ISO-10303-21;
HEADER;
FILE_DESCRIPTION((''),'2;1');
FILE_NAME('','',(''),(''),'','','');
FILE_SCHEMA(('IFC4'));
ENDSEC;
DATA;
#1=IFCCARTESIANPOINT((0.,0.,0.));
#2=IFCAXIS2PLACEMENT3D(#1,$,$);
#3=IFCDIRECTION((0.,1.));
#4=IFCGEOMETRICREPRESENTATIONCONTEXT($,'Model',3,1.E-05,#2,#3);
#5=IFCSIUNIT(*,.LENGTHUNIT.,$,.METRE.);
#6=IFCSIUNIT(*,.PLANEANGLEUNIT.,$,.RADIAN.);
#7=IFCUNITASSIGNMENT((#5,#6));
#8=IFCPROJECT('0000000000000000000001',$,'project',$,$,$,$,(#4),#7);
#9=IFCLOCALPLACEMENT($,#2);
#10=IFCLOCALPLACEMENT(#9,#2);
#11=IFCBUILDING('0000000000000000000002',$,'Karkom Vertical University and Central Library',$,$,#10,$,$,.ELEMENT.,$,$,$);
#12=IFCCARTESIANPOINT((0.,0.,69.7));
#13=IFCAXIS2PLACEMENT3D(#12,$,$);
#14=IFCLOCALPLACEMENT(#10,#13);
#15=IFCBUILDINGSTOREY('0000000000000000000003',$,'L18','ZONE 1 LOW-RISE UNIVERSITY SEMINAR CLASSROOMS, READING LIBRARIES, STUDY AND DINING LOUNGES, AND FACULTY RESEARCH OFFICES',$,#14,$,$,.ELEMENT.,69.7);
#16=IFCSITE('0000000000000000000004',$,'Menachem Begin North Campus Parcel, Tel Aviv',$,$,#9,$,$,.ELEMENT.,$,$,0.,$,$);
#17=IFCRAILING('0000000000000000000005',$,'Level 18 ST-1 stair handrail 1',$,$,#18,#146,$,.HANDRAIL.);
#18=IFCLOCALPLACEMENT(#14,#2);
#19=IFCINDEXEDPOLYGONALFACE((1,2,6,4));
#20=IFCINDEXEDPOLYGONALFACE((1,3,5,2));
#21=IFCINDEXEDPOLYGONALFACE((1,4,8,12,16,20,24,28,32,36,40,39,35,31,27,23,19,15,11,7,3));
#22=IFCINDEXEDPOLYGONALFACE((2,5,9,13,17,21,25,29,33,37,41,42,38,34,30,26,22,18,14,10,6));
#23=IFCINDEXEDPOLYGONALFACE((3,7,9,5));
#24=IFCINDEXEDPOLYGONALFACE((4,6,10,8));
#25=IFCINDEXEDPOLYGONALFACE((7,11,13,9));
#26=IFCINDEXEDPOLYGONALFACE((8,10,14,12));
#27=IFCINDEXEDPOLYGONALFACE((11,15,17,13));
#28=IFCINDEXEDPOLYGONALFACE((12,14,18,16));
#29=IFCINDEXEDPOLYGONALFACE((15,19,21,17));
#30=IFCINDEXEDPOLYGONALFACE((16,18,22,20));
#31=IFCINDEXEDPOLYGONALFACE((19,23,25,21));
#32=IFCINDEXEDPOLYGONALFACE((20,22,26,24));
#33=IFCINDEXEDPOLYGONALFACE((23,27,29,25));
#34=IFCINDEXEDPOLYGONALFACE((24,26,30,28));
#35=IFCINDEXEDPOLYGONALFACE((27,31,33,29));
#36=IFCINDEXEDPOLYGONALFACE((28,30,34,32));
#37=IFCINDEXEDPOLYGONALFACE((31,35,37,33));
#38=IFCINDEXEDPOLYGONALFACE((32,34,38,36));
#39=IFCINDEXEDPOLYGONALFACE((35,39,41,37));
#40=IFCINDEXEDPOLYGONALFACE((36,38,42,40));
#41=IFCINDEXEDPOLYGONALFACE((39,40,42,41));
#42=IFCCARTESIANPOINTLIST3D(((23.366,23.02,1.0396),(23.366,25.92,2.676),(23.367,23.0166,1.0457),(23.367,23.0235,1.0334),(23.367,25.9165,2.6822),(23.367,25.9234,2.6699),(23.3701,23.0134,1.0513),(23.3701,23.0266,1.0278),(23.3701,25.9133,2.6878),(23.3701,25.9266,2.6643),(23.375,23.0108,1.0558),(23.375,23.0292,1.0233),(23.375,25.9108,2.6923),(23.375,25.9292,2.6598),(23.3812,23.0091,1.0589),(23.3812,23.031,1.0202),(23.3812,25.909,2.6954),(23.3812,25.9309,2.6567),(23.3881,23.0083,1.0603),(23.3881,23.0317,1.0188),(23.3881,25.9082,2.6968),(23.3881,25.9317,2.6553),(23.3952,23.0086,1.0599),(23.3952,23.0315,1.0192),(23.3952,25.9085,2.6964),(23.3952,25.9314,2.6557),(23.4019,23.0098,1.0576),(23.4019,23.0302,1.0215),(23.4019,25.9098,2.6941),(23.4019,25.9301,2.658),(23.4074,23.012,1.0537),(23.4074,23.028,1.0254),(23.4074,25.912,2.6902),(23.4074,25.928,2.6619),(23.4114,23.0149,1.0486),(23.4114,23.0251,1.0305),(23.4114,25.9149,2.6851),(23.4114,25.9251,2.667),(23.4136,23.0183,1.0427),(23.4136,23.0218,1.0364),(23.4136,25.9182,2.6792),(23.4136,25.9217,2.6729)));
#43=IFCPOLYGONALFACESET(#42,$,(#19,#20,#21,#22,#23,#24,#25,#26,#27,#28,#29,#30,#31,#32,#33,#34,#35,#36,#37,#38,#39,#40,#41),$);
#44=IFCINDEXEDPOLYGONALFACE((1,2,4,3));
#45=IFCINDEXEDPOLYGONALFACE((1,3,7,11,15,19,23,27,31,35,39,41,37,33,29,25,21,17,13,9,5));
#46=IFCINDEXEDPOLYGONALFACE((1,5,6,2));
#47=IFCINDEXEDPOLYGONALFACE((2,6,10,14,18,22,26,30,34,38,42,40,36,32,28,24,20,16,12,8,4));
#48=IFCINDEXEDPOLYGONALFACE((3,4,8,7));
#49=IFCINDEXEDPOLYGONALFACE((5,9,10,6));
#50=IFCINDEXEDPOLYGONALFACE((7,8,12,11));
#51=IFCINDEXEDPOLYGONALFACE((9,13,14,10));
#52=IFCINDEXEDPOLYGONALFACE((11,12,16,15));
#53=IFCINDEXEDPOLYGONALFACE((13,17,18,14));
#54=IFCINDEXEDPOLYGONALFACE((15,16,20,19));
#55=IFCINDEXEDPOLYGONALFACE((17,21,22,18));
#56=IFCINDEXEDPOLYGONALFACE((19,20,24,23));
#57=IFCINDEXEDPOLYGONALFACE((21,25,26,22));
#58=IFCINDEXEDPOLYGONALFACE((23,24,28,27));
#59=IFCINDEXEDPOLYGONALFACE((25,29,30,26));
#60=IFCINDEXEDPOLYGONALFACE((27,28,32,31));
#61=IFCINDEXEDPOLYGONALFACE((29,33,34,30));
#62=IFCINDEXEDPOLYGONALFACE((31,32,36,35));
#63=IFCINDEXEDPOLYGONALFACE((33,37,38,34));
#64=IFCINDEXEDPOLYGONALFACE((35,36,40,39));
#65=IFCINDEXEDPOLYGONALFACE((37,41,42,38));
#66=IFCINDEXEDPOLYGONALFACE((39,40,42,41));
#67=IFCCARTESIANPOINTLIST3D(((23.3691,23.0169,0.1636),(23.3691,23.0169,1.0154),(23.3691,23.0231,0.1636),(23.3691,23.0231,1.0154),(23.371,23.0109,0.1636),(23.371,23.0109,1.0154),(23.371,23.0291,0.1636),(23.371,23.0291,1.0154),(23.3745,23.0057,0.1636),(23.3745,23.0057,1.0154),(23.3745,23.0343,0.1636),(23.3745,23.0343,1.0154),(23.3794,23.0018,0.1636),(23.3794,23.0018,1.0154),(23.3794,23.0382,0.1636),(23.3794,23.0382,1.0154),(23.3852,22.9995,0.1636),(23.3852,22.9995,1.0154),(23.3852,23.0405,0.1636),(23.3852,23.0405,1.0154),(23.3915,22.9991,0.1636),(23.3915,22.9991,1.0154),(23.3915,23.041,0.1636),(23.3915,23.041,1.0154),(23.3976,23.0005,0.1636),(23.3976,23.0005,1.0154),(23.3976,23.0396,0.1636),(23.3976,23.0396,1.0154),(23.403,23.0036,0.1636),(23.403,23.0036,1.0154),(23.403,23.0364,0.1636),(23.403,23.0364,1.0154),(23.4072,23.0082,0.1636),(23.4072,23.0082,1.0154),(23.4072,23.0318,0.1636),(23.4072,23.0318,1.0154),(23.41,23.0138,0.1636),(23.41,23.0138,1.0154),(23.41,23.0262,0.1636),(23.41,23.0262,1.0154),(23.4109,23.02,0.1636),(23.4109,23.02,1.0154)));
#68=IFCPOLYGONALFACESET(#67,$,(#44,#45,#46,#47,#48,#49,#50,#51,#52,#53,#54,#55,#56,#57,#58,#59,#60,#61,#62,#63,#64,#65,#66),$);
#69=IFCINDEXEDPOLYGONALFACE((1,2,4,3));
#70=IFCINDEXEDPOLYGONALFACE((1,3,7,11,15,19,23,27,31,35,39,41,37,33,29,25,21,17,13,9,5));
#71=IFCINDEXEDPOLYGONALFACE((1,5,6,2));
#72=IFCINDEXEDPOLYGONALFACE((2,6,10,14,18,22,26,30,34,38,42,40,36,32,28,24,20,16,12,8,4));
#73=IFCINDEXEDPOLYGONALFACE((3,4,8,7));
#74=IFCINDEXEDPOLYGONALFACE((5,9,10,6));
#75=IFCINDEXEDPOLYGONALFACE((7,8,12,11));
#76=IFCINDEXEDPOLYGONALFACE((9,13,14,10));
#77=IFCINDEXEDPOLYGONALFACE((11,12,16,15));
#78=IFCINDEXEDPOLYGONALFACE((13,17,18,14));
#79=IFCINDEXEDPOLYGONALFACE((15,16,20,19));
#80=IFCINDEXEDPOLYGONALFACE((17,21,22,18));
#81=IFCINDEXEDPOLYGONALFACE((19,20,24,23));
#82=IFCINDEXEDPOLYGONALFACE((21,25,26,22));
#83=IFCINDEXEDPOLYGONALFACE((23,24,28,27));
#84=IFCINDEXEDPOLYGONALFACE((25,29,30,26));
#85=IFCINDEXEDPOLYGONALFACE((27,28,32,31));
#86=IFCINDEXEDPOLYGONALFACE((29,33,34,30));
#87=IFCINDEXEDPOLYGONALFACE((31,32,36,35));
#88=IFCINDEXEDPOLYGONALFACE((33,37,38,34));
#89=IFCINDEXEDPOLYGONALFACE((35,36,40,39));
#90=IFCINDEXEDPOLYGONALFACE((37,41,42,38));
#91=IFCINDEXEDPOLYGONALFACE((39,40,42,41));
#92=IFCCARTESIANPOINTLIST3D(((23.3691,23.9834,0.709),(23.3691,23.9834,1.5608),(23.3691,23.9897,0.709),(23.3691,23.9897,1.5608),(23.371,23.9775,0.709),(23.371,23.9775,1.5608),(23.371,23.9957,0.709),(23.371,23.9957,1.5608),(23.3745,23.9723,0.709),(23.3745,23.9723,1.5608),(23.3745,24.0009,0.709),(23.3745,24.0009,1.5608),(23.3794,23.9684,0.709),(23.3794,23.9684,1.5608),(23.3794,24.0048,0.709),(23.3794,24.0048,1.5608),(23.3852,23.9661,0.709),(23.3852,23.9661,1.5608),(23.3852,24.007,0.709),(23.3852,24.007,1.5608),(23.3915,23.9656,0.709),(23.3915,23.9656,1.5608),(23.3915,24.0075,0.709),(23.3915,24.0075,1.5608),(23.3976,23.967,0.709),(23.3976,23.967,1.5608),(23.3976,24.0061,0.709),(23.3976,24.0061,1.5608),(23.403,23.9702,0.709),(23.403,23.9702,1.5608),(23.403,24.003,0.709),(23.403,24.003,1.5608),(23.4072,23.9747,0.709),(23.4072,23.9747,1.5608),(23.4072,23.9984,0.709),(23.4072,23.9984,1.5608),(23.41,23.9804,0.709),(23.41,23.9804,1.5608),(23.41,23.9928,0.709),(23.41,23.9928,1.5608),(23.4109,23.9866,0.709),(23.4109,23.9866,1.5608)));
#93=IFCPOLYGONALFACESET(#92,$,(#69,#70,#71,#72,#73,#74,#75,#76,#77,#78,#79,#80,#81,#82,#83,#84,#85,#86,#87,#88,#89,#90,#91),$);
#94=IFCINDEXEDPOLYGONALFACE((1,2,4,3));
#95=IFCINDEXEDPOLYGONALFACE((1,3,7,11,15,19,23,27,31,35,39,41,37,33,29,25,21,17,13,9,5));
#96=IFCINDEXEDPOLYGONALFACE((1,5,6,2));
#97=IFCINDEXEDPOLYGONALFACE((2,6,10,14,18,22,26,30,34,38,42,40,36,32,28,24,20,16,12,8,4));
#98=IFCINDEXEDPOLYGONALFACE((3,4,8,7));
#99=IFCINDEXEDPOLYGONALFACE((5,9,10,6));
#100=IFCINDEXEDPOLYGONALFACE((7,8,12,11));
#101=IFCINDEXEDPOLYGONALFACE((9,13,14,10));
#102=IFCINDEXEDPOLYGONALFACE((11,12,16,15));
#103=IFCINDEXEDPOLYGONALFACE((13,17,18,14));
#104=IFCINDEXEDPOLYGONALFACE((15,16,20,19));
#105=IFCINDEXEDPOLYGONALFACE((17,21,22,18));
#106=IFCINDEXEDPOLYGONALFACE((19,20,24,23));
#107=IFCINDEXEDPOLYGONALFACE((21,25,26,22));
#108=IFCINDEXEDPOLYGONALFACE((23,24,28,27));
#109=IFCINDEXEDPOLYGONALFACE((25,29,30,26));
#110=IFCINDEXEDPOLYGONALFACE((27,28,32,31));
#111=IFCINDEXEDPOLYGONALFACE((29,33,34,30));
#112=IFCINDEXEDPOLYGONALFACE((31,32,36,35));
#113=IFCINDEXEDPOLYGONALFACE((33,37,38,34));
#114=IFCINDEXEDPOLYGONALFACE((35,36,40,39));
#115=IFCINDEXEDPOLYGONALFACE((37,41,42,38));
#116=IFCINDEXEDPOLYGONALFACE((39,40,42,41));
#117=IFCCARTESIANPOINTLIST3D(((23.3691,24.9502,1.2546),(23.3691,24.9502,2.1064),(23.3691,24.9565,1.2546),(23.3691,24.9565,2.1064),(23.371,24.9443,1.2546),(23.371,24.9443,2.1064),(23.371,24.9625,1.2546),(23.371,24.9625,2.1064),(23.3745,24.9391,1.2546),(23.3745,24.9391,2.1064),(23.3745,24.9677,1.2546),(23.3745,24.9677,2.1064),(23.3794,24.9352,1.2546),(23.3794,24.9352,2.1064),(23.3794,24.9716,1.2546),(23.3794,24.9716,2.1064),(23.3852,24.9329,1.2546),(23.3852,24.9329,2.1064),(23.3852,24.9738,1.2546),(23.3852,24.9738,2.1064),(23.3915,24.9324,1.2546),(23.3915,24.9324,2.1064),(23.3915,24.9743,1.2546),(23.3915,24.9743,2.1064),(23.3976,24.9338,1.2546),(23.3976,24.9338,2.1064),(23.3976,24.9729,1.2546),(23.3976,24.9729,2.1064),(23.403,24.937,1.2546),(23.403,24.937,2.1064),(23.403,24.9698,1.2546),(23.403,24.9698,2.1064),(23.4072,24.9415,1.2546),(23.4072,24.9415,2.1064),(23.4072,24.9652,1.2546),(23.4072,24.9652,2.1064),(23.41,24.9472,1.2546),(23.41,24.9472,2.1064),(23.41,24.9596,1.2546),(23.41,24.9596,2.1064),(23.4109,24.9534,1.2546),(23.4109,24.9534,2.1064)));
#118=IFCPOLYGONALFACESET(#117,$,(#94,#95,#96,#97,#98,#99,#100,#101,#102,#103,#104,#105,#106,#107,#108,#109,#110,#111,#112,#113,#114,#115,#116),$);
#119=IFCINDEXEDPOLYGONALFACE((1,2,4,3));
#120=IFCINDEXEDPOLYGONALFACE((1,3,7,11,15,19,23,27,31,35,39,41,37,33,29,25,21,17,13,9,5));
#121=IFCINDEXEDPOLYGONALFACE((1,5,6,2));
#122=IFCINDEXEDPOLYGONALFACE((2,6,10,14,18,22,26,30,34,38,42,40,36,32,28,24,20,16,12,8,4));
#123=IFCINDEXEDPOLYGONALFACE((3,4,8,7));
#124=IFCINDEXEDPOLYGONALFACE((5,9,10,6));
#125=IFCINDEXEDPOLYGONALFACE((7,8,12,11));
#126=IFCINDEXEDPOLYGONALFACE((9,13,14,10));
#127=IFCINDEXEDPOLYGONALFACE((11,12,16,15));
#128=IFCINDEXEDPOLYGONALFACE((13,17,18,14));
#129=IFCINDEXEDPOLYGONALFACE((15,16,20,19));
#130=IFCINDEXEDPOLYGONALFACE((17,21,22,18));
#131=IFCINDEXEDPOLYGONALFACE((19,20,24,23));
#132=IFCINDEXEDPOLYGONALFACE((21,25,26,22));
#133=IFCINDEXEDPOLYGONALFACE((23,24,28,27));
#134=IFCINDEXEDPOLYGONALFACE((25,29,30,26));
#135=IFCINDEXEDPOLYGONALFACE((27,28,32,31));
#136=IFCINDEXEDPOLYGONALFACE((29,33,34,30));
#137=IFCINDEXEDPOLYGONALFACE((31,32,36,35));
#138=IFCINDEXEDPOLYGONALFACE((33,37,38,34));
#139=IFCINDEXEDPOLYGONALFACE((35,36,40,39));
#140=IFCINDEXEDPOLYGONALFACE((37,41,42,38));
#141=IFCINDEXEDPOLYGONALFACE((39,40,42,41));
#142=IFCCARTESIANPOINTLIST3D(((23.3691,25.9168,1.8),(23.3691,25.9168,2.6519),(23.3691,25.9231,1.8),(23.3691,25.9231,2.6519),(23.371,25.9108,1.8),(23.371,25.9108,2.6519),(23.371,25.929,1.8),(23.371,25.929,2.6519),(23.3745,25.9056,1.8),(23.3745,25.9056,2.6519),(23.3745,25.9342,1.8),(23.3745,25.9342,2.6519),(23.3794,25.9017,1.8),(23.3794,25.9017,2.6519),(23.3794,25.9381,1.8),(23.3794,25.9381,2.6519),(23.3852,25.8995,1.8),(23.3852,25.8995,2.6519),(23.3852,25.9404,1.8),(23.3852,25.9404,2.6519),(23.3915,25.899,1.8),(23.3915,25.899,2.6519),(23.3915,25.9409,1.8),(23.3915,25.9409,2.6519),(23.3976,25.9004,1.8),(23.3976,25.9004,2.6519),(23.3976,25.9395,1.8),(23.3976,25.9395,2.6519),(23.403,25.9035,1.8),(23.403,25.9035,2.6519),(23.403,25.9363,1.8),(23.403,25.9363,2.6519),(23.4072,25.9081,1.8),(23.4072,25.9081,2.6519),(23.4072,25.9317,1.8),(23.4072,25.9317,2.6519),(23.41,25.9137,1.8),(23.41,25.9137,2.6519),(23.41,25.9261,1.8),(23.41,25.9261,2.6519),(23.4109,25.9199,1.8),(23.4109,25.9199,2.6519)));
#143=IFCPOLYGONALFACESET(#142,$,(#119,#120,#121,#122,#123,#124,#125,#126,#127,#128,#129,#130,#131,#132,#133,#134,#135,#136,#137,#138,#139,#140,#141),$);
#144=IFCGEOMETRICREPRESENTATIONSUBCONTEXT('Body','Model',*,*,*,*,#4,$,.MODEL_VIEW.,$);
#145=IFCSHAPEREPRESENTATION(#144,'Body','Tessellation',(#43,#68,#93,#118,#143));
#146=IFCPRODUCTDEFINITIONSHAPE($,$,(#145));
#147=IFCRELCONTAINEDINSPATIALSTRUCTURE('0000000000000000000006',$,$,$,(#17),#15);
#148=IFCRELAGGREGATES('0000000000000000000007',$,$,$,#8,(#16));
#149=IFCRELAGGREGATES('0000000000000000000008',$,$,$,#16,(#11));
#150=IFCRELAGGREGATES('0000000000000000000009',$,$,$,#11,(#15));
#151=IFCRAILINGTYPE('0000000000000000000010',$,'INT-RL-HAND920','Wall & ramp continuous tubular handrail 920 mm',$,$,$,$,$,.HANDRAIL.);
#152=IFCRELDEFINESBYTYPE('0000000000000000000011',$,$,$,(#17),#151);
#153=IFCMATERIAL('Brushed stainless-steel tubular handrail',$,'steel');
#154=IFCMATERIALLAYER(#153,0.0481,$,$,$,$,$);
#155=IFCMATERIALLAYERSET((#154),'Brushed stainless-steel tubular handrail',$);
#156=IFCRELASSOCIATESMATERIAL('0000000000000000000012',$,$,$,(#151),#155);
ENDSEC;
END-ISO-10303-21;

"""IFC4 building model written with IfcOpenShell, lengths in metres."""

from ifc_helpers import new_model, si_unit, direction, frame, origin, origin_2d, place, context, subcontext, project, spatial, circle, extrude, material, layer, layer_set, type_object, element, save


model = new_model("IFC4")

# Units and contexts
model_context = context("Model", 3, precision=1e-05, world=origin(), true_north=direction((0.0, 1.0)))
body_context = subcontext(model_context, "Body", "Model", "MODEL_VIEW")
ifc_project = project(units=[si_unit("LENGTHUNIT", "METRE"), si_unit("PLANEANGLEUNIT", "RADIAN")], contexts=[model_context])

# Site, building, storey
site_placement = place(None, origin())
site = spatial("IfcSite", under=ifc_project, at=site_placement, Name="Menachem Begin North Campus Parcel, Tel Aviv", CompositionType="ELEMENT", RefElevation=0.0)
building_placement = place(site_placement, origin())
building = spatial("IfcBuilding", under=site, at=building_placement, Name="Karkom Vertical University and Central Library", CompositionType="ELEMENT")
storey_placement = place(building_placement, frame((0.0, 0.0, 69.7)))
storey = spatial("IfcBuildingStorey", under=building, at=storey_placement, Name="L18", Description="ZONE 1 LOW-RISE UNIVERSITY SEMINAR CLASSROOMS, READING LIBRARIES, STUDY AND DINING LOUNGES, AND FACULTY RESEARCH OFFICES", CompositionType="ELEMENT", Elevation=69.7)

# Railing
ifc_material_1 = material(Name="Brushed stainless-steel tubular handrail", Category="steel")
ifc_layer_1 = layer(ifc_material_1, 0.0481)
ifc_layer_set_1 = layer_set([ifc_layer_1], Name="Brushed stainless-steel tubular handrail")
railing_type_1 = type_object("IfcRailingType", Name="INT-RL-HAND920", Description="Wall & ramp continuous tubular handrail 920 mm", PredefinedType="HANDRAIL", material=ifc_layer_set_1)
railing_1_placement = place(storey_placement, frame((23.3899, 23.02, 0.1636)))
element("IfcRailing", 1, at=railing_1_placement, inside=storey, type_object=railing_type_1, Name="Level 18 ST-1 stair handrail 1", PredefinedType="HANDRAIL", context=body_context, shape_type="SweptSolid", body=[
    extrude(circle(Radius=0.0239, at=origin_2d()), frame((0.0, 0.0, 0.876), z_axis=(0.0, 0.870897, 0.491465), x_axis=(-1.0, 0.0, 0.0)), (0.0, 0.0, 1.0), 3.3298),
    extrude(circle(Radius=0.021, at=origin_2d()), origin(), (0.0, 0.0, 1.0), 0.8518),
    extrude(circle(Radius=0.021, at=origin_2d()), frame((0.0, 0.9666, 0.5454)), (0.0, 0.0, 1.0), 0.8518),
    extrude(circle(Radius=0.021, at=origin_2d()), frame((0.0, 1.9333, 1.0911)), (0.0, 0.0, 1.0), 0.8518),
    extrude(circle(Radius=0.021, at=origin_2d()), frame((0.0, 2.8999, 1.6365)), (0.0, 0.0, 1.0), 0.8518),
])

save(model, "model.ifc")
